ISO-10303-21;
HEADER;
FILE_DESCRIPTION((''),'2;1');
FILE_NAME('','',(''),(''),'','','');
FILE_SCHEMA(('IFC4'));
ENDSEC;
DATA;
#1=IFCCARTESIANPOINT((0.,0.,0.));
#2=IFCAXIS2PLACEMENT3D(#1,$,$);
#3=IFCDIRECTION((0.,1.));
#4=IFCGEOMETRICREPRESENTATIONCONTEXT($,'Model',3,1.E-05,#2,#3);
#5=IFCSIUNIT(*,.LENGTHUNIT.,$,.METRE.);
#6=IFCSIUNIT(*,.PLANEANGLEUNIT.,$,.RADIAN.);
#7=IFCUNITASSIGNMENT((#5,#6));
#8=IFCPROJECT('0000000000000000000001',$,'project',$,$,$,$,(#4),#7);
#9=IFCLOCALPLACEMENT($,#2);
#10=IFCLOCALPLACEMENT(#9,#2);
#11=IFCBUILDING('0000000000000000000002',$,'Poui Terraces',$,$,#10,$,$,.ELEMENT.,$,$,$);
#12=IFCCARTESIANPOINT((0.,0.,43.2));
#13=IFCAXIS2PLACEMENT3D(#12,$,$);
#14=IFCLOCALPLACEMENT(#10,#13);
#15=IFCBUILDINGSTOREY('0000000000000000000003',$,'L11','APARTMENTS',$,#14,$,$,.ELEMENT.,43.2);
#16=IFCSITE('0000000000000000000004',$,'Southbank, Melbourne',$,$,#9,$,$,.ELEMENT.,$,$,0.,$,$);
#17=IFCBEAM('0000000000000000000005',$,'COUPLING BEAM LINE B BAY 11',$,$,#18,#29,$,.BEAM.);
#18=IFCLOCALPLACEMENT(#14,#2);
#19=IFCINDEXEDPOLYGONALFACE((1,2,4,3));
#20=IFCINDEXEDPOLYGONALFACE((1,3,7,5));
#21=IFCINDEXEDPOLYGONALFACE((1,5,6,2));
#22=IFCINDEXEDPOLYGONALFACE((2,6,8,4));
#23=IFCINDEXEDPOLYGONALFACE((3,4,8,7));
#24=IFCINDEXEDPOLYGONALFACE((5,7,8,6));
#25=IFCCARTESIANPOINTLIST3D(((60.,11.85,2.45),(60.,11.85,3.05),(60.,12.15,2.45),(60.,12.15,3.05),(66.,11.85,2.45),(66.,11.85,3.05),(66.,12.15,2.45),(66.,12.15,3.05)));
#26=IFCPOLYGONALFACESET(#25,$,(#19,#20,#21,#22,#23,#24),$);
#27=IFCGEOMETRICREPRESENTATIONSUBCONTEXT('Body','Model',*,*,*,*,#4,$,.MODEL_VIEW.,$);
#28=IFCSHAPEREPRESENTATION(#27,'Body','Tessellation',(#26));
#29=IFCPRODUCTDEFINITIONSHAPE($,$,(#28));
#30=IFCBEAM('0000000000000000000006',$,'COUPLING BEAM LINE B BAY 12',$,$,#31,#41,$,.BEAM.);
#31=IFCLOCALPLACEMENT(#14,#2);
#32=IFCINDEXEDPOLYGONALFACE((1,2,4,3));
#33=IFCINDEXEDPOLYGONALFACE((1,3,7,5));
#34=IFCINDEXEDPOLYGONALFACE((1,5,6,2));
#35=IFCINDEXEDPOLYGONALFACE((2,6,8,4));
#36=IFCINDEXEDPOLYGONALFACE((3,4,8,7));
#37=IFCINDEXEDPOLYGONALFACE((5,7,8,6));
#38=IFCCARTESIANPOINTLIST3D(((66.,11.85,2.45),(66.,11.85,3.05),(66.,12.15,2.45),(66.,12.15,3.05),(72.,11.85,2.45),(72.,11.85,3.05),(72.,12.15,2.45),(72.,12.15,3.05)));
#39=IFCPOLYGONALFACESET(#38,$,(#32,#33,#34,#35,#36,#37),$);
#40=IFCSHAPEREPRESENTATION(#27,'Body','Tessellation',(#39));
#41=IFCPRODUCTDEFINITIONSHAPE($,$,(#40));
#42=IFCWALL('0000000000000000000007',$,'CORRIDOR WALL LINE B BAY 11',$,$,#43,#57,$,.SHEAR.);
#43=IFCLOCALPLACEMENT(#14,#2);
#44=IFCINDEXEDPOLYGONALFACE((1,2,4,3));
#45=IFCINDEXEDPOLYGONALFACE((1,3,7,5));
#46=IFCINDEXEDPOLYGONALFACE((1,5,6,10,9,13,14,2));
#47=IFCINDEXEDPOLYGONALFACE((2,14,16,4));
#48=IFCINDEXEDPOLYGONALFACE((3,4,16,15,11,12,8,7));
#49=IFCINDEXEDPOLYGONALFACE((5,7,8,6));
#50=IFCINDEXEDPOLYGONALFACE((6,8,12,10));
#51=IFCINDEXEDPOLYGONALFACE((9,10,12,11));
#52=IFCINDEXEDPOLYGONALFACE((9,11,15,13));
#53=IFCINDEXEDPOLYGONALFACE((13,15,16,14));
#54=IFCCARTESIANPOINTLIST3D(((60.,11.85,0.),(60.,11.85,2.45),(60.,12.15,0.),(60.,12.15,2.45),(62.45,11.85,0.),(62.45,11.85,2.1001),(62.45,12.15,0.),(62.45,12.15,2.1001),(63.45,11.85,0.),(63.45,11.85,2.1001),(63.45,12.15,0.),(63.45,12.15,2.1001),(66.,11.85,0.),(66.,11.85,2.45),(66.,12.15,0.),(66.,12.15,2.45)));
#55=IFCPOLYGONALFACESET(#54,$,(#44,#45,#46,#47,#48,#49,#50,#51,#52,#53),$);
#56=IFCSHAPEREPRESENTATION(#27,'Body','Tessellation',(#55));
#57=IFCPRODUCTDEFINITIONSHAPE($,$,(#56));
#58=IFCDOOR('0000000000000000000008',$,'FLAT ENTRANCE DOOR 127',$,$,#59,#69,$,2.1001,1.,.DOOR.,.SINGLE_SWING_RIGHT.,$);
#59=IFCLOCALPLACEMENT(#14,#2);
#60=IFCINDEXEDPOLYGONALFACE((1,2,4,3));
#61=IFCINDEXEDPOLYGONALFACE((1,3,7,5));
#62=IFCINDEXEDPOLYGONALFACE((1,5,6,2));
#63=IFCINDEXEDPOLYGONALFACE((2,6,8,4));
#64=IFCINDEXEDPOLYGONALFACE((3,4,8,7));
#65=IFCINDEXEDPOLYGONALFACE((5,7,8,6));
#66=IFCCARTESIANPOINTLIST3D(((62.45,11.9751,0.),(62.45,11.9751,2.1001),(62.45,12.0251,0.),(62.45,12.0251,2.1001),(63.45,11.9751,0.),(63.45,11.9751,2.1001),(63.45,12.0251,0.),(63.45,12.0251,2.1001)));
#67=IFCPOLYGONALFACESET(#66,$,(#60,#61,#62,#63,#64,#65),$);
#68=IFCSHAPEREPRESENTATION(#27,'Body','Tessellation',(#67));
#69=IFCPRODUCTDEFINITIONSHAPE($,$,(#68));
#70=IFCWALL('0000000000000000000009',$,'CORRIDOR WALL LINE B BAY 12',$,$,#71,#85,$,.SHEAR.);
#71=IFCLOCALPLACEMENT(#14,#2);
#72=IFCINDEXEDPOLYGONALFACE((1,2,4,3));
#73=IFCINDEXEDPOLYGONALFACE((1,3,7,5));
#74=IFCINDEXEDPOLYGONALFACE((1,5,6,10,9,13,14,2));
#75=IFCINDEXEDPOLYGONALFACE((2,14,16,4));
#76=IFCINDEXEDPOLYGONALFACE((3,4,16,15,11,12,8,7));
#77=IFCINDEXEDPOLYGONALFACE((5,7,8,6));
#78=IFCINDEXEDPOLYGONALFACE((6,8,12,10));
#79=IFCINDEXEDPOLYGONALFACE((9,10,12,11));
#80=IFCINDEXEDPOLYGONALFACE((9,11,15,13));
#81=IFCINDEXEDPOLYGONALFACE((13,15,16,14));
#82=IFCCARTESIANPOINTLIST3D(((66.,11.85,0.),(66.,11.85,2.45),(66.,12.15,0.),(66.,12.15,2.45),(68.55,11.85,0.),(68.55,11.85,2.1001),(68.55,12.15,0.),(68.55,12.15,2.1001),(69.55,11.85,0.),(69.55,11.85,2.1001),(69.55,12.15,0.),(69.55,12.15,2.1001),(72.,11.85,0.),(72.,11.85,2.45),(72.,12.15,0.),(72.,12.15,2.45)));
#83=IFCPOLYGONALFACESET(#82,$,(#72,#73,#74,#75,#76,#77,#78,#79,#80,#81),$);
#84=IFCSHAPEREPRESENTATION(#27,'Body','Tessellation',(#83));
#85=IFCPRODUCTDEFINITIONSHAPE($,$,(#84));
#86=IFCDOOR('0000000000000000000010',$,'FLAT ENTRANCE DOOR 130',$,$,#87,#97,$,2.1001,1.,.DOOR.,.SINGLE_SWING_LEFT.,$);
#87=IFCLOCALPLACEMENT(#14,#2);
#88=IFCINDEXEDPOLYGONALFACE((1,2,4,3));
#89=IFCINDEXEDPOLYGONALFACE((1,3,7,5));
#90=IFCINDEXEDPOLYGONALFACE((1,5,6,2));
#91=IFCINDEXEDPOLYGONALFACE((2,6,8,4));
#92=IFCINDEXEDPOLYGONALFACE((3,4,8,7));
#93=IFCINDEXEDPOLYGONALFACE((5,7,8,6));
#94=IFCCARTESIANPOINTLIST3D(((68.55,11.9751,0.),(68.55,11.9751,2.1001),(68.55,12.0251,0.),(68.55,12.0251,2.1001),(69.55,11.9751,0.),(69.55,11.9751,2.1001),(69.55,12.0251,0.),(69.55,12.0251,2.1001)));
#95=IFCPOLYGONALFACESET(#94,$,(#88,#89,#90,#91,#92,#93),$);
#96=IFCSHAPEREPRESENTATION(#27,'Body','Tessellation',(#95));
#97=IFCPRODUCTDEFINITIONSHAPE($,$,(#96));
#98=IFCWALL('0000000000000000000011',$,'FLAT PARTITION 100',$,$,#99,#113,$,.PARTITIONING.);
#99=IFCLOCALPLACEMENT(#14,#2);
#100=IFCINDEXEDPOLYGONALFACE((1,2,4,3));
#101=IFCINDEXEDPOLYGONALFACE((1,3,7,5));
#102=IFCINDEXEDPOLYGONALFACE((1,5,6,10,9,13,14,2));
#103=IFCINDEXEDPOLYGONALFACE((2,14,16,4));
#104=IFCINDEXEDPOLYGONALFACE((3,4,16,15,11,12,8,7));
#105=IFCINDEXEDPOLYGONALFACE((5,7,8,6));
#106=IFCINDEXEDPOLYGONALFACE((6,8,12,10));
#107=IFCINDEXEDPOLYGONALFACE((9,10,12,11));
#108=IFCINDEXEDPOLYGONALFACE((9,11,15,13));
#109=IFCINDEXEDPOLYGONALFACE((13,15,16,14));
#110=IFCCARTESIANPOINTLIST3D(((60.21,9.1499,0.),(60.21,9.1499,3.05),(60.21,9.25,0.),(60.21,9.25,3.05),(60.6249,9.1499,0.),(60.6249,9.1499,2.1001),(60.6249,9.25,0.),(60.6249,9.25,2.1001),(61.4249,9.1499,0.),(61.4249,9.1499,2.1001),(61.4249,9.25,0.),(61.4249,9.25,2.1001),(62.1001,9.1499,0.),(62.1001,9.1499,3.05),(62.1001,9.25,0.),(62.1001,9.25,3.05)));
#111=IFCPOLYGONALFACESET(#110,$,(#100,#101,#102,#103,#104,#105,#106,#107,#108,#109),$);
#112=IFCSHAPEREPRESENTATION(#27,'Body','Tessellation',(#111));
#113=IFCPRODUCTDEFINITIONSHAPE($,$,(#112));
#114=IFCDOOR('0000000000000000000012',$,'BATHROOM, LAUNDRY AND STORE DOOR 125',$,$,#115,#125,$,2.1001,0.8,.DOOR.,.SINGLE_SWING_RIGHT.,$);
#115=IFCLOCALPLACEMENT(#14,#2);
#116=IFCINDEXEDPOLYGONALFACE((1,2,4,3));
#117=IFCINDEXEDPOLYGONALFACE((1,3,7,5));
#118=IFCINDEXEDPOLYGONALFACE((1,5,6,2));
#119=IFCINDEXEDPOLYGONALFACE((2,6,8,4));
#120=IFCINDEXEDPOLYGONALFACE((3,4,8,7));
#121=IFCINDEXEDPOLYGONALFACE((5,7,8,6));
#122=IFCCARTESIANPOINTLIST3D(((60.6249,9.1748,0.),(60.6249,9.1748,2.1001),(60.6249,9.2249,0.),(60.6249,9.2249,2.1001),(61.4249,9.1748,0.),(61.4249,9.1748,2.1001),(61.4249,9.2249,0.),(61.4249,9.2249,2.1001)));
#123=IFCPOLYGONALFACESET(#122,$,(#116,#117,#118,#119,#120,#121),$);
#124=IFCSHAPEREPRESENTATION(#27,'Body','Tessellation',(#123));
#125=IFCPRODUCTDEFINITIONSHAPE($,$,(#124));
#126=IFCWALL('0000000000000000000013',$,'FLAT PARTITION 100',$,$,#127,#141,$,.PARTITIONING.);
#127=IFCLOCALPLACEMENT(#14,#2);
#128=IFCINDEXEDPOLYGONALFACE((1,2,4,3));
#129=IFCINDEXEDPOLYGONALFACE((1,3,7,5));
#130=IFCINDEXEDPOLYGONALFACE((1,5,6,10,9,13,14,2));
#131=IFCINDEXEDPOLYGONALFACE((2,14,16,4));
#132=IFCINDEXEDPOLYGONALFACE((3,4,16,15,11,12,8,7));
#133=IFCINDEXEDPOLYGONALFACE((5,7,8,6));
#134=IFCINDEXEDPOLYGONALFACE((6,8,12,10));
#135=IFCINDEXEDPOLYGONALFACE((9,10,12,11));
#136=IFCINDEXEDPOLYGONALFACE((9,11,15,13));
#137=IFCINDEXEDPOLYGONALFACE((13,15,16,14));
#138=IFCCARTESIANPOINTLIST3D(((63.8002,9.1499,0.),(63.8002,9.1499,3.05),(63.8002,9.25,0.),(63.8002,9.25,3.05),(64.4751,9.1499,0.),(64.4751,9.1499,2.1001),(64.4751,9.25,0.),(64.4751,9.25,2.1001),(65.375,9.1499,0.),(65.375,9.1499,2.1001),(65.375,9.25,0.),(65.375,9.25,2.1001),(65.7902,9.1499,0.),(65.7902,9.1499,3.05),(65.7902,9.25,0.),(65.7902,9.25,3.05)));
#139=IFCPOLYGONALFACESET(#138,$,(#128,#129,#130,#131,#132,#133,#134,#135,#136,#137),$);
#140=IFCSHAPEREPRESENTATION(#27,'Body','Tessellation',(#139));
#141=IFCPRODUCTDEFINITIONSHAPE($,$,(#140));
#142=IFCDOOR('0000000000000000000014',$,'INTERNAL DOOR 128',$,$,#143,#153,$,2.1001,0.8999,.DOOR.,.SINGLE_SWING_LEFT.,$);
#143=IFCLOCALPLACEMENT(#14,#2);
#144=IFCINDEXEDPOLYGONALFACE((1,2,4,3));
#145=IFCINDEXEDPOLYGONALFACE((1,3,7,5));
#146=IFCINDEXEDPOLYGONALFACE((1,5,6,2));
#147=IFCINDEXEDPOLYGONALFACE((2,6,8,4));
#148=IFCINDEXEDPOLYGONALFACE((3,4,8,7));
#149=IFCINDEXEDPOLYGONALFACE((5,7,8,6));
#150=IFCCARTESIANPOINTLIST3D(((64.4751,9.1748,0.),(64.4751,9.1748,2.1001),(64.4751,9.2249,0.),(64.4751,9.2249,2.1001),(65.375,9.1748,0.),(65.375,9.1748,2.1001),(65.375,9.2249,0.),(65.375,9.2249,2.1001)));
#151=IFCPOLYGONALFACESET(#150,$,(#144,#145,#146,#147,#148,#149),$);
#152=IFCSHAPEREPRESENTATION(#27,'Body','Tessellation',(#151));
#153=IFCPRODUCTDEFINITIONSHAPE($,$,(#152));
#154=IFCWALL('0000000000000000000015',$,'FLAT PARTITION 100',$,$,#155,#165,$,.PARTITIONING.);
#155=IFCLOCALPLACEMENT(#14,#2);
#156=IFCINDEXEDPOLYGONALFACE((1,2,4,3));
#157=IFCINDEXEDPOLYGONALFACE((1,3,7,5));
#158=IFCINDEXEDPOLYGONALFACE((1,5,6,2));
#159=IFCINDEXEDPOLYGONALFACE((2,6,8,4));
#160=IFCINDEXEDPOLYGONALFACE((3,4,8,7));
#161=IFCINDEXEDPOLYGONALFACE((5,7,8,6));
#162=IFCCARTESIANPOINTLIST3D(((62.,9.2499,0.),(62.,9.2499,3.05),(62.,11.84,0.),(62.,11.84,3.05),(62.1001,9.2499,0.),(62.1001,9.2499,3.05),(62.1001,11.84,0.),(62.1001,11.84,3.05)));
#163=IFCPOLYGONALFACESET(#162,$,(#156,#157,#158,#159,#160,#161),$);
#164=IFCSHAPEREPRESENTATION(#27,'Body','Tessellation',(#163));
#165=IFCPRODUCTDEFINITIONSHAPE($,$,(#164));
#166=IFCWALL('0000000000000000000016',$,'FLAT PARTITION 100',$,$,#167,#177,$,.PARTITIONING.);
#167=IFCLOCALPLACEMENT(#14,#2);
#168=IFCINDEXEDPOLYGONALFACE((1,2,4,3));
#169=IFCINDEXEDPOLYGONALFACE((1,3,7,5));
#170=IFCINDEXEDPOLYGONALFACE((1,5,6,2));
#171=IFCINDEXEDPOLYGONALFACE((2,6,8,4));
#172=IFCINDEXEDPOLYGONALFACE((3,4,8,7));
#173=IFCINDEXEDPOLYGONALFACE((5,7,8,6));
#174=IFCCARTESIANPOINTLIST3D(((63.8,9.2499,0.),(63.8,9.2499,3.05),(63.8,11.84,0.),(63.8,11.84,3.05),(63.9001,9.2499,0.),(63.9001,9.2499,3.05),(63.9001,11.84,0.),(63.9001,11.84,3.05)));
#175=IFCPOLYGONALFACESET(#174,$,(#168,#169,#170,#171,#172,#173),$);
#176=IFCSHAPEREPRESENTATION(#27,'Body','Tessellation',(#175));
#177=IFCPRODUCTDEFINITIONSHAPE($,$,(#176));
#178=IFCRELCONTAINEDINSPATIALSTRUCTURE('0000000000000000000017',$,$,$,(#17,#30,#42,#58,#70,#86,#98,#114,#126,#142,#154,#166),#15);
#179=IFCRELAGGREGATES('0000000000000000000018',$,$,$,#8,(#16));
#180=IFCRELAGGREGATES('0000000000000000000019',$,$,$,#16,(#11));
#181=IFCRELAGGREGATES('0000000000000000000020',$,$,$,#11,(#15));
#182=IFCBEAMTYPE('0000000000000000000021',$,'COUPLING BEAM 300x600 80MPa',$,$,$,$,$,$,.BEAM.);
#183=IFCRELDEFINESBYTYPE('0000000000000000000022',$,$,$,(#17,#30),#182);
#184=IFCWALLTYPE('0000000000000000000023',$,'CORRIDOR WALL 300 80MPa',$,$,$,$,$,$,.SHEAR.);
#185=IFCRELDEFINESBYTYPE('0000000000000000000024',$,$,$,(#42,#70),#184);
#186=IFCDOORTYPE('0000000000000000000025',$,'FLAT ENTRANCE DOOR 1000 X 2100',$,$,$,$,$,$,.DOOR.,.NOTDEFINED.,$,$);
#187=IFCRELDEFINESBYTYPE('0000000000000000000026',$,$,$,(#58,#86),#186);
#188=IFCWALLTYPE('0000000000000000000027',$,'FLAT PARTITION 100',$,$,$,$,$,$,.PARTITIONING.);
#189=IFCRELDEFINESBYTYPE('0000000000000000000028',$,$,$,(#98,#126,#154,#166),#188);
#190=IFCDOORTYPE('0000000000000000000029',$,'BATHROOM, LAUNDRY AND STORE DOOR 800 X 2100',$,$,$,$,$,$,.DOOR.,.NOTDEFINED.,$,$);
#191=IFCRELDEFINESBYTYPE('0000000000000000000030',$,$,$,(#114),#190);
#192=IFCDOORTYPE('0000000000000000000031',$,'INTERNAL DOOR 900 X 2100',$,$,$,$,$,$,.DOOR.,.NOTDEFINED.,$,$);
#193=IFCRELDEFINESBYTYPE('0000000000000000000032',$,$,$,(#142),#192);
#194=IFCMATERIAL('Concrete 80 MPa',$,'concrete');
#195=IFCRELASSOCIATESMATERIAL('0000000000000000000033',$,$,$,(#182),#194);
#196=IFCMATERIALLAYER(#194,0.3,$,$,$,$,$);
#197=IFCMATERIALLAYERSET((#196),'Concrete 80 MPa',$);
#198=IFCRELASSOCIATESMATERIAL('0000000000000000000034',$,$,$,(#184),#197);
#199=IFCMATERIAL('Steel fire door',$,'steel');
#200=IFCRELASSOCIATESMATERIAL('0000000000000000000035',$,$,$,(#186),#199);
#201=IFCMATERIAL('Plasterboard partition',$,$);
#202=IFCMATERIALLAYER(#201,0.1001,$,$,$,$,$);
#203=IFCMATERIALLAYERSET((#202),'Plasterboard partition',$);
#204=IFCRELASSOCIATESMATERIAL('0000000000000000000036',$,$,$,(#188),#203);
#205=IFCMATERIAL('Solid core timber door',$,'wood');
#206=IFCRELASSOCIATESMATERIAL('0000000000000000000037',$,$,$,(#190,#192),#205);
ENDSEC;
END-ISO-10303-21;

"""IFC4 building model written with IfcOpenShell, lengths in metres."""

from ifc_helpers import new_model, si_unit, direction, frame, frame_2d, origin, origin_2d, place, context, subcontext, project, spatial, rectangle, extrude, source, transform, mapped, material, layer, layer_set, material_profile, profile_set, type_object, element, fill, save


model = new_model("IFC4")

# Units and contexts
model_context = context("Model", 3, precision=1e-05, world=origin(), true_north=direction((0.0, 1.0)))
body_context = subcontext(model_context, "Body", "Model", "MODEL_VIEW")
ifc_project = project(units=[si_unit("LENGTHUNIT", "METRE"), si_unit("PLANEANGLEUNIT", "RADIAN")], contexts=[model_context])

# Site, building, storey
site_placement = place(None, origin())
site = spatial("IfcSite", under=ifc_project, at=site_placement, Name="Southbank, Melbourne", CompositionType="ELEMENT", RefElevation=0.0)
building_placement = place(site_placement, origin())
building = spatial("IfcBuilding", under=site, at=building_placement, Name="Poui Terraces", CompositionType="ELEMENT")
storey_placement = place(building_placement, frame((0.0, 0.0, 43.2)))
storey = spatial("IfcBuildingStorey", under=building, at=storey_placement, Name="L11", Description="APARTMENTS", CompositionType="ELEMENT", Elevation=43.2)

# Beams
ifc_material_1 = material(Name="Concrete 80 MPa", Category="concrete")
ifc_material_profile = material_profile(ifc_material_1, rectangle(XDim=0.3, YDim=0.6001, at=origin_2d()), Name="RC 300x600")
ifc_profile_set = profile_set([ifc_material_profile], Name="Concrete 80 MPa")
beam_type = type_object("IfcBeamType", Name="COUPLING BEAM 300x600 80MPa", PredefinedType="BEAM", material=ifc_profile_set)
shared_shape = source(origin(), body_context, "Body", "SweptSolid", [
    extrude(rectangle(XDim=0.3, YDim=0.6001, at=origin_2d()), origin(), (0.0, 0.0, 1.0), 6.0),
])
for number, where, z_axis, x_axis, name in (
    (1, (60.0, 12.0, 2.75), (1.0, 0.0, 0.0), (0.0, 1.0, 0.0), "COUPLING BEAM LINE B BAY 11"),
    (2, (66.0, 12.0, 2.75), (1.0, 0.0, 0.0), (0.0, 1.0, 0.0), "COUPLING BEAM LINE B BAY 12"),
):
    element("IfcBeam", number, at=place(storey_placement, frame(where, z_axis=z_axis, x_axis=x_axis)), inside=storey, type_object=beam_type, Name=name, PredefinedType="BEAM", context=body_context, shape_type="MappedRepresentation", body=[
        mapped(shared_shape, transform((0.0, 0.0, 0.0))),
    ])

# Walls, openings, doors
ifc_layer_1 = layer(ifc_material_1, 0.3)
ifc_layer_set_1 = layer_set([ifc_layer_1], Name="Concrete 80 MPa")
wall_type_1 = type_object("IfcWallType", Name="CORRIDOR WALL 300 80MPa", PredefinedType="SHEAR", material=ifc_layer_set_1)
wall_1_placement = place(storey_placement, frame((60.0, 12.0, 0.0), z_axis=(0.0, 0.0, 1.0), x_axis=(1.0, 0.0, 0.0)))
wall_1 = element("IfcWall", 3, at=wall_1_placement, inside=storey, type_object=wall_type_1, Name="CORRIDOR WALL LINE B BAY 11", PredefinedType="SHEAR", context=body_context, shape_type="SweptSolid", body=[
    extrude(rectangle(XDim=6.0, YDim=0.3, at=frame_2d((3.0, 0.0))), origin(), (0.0, 0.0, 1.0), 2.45),
])
opening_1_placement = place(wall_1_placement, frame((2.45, 0.0, 0.0)))
opening_1 = element("IfcOpeningElement", 4, at=opening_1_placement, cuts=wall_1, PredefinedType="OPENING", context=body_context, shape_type="SweptSolid", body=[
    extrude(rectangle(XDim=1.0, YDim=2.1001, at=frame_2d((0.5, 1.05))), frame((0.0, 0.1602, 0.0), z_axis=(0.0, -1.0, 0.0), x_axis=(1.0, 0.0, 0.0)), (0.0, 0.0, 1.0), 0.3201),
])
ifc_material_2 = material(Name="Steel fire door", Category="steel")
door_type_1 = type_object("IfcDoorType", Name="FLAT ENTRANCE DOOR 1000 X 2100", OperationType="NOTDEFINED", PredefinedType="DOOR", material=ifc_material_2)
door_1_placement = place(opening_1_placement, frame((1.0, 0.0, 0.0), z_axis=(0.0, 0.0, 1.0), x_axis=(-1.0, 0.0, 0.0)))
door_1 = element("IfcDoor", 5, at=door_1_placement, inside=storey, type_object=door_type_1, Name="FLAT ENTRANCE DOOR 127", OperationType="SINGLE_SWING_RIGHT", OverallHeight=2.1001, OverallWidth=1.0, PredefinedType="DOOR", context=body_context, shape_type="SweptSolid", body=[
    extrude(rectangle(XDim=1.0, YDim=2.1001, at=frame_2d((0.5, 1.05))), frame((0.0, 0.0249, 0.0), z_axis=(0.0, -1.0, 0.0), x_axis=(1.0, 0.0, 0.0)), (0.0, 0.0, 1.0), 0.05),
])
fill(opening_1, door_1)
wall_2_placement = place(storey_placement, frame((66.0, 12.0, 0.0), z_axis=(0.0, 0.0, 1.0), x_axis=(1.0, 0.0, 0.0)))
wall_2 = element("IfcWall", 6, at=wall_2_placement, inside=storey, type_object=wall_type_1, Name="CORRIDOR WALL LINE B BAY 12", PredefinedType="SHEAR", context=body_context, shape_type="SweptSolid", body=[
    extrude(rectangle(XDim=6.0, YDim=0.3, at=frame_2d((3.0, 0.0))), origin(), (0.0, 0.0, 1.0), 2.45),
])
opening_2_placement = place(wall_2_placement, frame((2.55, 0.0, 0.0)))
opening_2 = element("IfcOpeningElement", 7, at=opening_2_placement, cuts=wall_2, PredefinedType="OPENING", context=body_context, shape_type="SweptSolid", body=[
    extrude(rectangle(XDim=1.0, YDim=2.1001, at=frame_2d((0.5, 1.05))), frame((0.0, 0.1602, 0.0), z_axis=(0.0, -1.0, 0.0), x_axis=(1.0, 0.0, 0.0)), (0.0, 0.0, 1.0), 0.3201),
])
door_2_placement = place(opening_2_placement, frame((1.0, 0.0, 0.0), z_axis=(0.0, 0.0, 1.0), x_axis=(-1.0, 0.0, 0.0)))
door_2 = element("IfcDoor", 8, at=door_2_placement, inside=storey, type_object=door_type_1, Name="FLAT ENTRANCE DOOR 130", OperationType="SINGLE_SWING_LEFT", OverallHeight=2.1001, OverallWidth=1.0, PredefinedType="DOOR", context=body_context, shape_type="SweptSolid", body=[
    extrude(rectangle(XDim=1.0, YDim=2.1001, at=frame_2d((0.5, 1.05))), frame((0.0, 0.0249, 0.0), z_axis=(0.0, -1.0, 0.0), x_axis=(1.0, 0.0, 0.0)), (0.0, 0.0, 1.0), 0.05),
])
fill(opening_2, door_2)
ifc_material_3 = material(Name="Plasterboard partition")
ifc_layer_2 = layer(ifc_material_3, 0.1001)
ifc_layer_set_2 = layer_set([ifc_layer_2], Name="Plasterboard partition")
wall_type_2 = type_object("IfcWallType", Name="FLAT PARTITION 100", PredefinedType="PARTITIONING", material=ifc_layer_set_2)
wall_3_placement = place(storey_placement, frame((60.21, 9.2, 0.0), z_axis=(0.0, 0.0, 1.0), x_axis=(1.0, 0.0, 0.0)))
wall_3 = element("IfcWall", 9, at=wall_3_placement, inside=storey, type_object=wall_type_2, Name="FLAT PARTITION 100", PredefinedType="PARTITIONING", context=body_context, shape_type="SweptSolid", body=[
    extrude(rectangle(XDim=1.8901, YDim=0.1001, at=frame_2d((0.9451, 0.0))), origin(), (0.0, 0.0, 1.0), 3.05),
])
opening_3_placement = place(wall_3_placement, frame((0.415, 0.0, 0.0)))
opening_3 = element("IfcOpeningElement", 10, at=opening_3_placement, cuts=wall_3, PredefinedType="OPENING", context=body_context, shape_type="SweptSolid", body=[
    extrude(rectangle(XDim=0.8, YDim=2.1001, at=frame_2d((0.3999, 1.05))), frame((0.0, 0.0601, 0.0), z_axis=(0.0, -1.0, 0.0), x_axis=(1.0, 0.0, 0.0)), (0.0, 0.0, 1.0), 0.1201),
])
ifc_material_4 = material(Name="Solid core timber door", Category="wood")
door_type_2 = type_object("IfcDoorType", Name="BATHROOM, LAUNDRY AND STORE DOOR 800 X 2100", OperationType="NOTDEFINED", PredefinedType="DOOR", material=ifc_material_4)
door_3_placement = place(opening_3_placement, origin())
door_3 = element("IfcDoor", 11, at=door_3_placement, inside=storey, type_object=door_type_2, Name="BATHROOM, LAUNDRY AND STORE DOOR 125", OperationType="SINGLE_SWING_RIGHT", OverallHeight=2.1001, OverallWidth=0.8, PredefinedType="DOOR", context=body_context, shape_type="SweptSolid", body=[
    extrude(rectangle(XDim=0.8, YDim=2.1001, at=frame_2d((0.3999, 1.05))), frame((0.0, 0.0249, 0.0), z_axis=(0.0, -1.0, 0.0), x_axis=(1.0, 0.0, 0.0)), (0.0, 0.0, 1.0), 0.05),
])
fill(opening_3, door_3)
wall_4_placement = place(storey_placement, frame((63.8, 9.2, 0.0), z_axis=(0.0, 0.0, 1.0), x_axis=(1.0, 0.0, 0.0)))
wall_4 = element("IfcWall", 12, at=wall_4_placement, inside=storey, type_object=wall_type_2, Name="FLAT PARTITION 100", PredefinedType="PARTITIONING", context=body_context, shape_type="SweptSolid", body=[
    extrude(rectangle(XDim=1.99, YDim=0.1001, at=frame_2d((0.9951, 0.0))), origin(), (0.0, 0.0, 1.0), 3.05),
])
opening_4_placement = place(wall_4_placement, frame((0.675, 0.0, 0.0)))
opening_4 = element("IfcOpeningElement", 13, at=opening_4_placement, cuts=wall_4, PredefinedType="OPENING", context=body_context, shape_type="SweptSolid", body=[
    extrude(rectangle(XDim=0.8999, YDim=2.1001, at=frame_2d((0.45, 1.05))), frame((0.0, 0.0601, 0.0), z_axis=(0.0, -1.0, 0.0), x_axis=(1.0, 0.0, 0.0)), (0.0, 0.0, 1.0), 0.1201),
])
door_type_3 = type_object("IfcDoorType", Name="INTERNAL DOOR 900 X 2100", OperationType="NOTDEFINED", PredefinedType="DOOR", material=ifc_material_4)
door_4_placement = place(opening_4_placement, origin())
door_4 = element("IfcDoor", 14, at=door_4_placement, inside=storey, type_object=door_type_3, Name="INTERNAL DOOR 128", OperationType="SINGLE_SWING_LEFT", OverallHeight=2.1001, OverallWidth=0.8999, PredefinedType="DOOR", context=body_context, shape_type="SweptSolid", body=[
    extrude(rectangle(XDim=0.8999, YDim=2.1001, at=frame_2d((0.45, 1.05))), frame((0.0, 0.0249, 0.0), z_axis=(0.0, -1.0, 0.0), x_axis=(1.0, 0.0, 0.0)), (0.0, 0.0, 1.0), 0.05),
])
fill(opening_4, door_4)

# Walls
for number, where, z_axis, x_axis, name in (
    (15, (62.05, 9.25, 0.0), (0.0, 0.0, 1.0), (0.0, 1.0, 0.0), "FLAT PARTITION 100"),
    (16, (63.8501, 9.25, 0.0), (0.0, 0.0, 1.0), (0.0, 1.0, 0.0), "FLAT PARTITION 100"),
):
    element("IfcWall", number, at=place(storey_placement, frame(where, z_axis=z_axis, x_axis=x_axis)), inside=storey, type_object=wall_type_2, Name=name, PredefinedType="PARTITIONING", context=body_context, shape_type="SweptSolid", body=[
        extrude(rectangle(XDim=2.5901, YDim=0.1001, at=frame_2d((1.2949, 0.0))), origin(), (0.0, 0.0, 1.0), 3.05),
    ])

save(model, "model.ifc")
